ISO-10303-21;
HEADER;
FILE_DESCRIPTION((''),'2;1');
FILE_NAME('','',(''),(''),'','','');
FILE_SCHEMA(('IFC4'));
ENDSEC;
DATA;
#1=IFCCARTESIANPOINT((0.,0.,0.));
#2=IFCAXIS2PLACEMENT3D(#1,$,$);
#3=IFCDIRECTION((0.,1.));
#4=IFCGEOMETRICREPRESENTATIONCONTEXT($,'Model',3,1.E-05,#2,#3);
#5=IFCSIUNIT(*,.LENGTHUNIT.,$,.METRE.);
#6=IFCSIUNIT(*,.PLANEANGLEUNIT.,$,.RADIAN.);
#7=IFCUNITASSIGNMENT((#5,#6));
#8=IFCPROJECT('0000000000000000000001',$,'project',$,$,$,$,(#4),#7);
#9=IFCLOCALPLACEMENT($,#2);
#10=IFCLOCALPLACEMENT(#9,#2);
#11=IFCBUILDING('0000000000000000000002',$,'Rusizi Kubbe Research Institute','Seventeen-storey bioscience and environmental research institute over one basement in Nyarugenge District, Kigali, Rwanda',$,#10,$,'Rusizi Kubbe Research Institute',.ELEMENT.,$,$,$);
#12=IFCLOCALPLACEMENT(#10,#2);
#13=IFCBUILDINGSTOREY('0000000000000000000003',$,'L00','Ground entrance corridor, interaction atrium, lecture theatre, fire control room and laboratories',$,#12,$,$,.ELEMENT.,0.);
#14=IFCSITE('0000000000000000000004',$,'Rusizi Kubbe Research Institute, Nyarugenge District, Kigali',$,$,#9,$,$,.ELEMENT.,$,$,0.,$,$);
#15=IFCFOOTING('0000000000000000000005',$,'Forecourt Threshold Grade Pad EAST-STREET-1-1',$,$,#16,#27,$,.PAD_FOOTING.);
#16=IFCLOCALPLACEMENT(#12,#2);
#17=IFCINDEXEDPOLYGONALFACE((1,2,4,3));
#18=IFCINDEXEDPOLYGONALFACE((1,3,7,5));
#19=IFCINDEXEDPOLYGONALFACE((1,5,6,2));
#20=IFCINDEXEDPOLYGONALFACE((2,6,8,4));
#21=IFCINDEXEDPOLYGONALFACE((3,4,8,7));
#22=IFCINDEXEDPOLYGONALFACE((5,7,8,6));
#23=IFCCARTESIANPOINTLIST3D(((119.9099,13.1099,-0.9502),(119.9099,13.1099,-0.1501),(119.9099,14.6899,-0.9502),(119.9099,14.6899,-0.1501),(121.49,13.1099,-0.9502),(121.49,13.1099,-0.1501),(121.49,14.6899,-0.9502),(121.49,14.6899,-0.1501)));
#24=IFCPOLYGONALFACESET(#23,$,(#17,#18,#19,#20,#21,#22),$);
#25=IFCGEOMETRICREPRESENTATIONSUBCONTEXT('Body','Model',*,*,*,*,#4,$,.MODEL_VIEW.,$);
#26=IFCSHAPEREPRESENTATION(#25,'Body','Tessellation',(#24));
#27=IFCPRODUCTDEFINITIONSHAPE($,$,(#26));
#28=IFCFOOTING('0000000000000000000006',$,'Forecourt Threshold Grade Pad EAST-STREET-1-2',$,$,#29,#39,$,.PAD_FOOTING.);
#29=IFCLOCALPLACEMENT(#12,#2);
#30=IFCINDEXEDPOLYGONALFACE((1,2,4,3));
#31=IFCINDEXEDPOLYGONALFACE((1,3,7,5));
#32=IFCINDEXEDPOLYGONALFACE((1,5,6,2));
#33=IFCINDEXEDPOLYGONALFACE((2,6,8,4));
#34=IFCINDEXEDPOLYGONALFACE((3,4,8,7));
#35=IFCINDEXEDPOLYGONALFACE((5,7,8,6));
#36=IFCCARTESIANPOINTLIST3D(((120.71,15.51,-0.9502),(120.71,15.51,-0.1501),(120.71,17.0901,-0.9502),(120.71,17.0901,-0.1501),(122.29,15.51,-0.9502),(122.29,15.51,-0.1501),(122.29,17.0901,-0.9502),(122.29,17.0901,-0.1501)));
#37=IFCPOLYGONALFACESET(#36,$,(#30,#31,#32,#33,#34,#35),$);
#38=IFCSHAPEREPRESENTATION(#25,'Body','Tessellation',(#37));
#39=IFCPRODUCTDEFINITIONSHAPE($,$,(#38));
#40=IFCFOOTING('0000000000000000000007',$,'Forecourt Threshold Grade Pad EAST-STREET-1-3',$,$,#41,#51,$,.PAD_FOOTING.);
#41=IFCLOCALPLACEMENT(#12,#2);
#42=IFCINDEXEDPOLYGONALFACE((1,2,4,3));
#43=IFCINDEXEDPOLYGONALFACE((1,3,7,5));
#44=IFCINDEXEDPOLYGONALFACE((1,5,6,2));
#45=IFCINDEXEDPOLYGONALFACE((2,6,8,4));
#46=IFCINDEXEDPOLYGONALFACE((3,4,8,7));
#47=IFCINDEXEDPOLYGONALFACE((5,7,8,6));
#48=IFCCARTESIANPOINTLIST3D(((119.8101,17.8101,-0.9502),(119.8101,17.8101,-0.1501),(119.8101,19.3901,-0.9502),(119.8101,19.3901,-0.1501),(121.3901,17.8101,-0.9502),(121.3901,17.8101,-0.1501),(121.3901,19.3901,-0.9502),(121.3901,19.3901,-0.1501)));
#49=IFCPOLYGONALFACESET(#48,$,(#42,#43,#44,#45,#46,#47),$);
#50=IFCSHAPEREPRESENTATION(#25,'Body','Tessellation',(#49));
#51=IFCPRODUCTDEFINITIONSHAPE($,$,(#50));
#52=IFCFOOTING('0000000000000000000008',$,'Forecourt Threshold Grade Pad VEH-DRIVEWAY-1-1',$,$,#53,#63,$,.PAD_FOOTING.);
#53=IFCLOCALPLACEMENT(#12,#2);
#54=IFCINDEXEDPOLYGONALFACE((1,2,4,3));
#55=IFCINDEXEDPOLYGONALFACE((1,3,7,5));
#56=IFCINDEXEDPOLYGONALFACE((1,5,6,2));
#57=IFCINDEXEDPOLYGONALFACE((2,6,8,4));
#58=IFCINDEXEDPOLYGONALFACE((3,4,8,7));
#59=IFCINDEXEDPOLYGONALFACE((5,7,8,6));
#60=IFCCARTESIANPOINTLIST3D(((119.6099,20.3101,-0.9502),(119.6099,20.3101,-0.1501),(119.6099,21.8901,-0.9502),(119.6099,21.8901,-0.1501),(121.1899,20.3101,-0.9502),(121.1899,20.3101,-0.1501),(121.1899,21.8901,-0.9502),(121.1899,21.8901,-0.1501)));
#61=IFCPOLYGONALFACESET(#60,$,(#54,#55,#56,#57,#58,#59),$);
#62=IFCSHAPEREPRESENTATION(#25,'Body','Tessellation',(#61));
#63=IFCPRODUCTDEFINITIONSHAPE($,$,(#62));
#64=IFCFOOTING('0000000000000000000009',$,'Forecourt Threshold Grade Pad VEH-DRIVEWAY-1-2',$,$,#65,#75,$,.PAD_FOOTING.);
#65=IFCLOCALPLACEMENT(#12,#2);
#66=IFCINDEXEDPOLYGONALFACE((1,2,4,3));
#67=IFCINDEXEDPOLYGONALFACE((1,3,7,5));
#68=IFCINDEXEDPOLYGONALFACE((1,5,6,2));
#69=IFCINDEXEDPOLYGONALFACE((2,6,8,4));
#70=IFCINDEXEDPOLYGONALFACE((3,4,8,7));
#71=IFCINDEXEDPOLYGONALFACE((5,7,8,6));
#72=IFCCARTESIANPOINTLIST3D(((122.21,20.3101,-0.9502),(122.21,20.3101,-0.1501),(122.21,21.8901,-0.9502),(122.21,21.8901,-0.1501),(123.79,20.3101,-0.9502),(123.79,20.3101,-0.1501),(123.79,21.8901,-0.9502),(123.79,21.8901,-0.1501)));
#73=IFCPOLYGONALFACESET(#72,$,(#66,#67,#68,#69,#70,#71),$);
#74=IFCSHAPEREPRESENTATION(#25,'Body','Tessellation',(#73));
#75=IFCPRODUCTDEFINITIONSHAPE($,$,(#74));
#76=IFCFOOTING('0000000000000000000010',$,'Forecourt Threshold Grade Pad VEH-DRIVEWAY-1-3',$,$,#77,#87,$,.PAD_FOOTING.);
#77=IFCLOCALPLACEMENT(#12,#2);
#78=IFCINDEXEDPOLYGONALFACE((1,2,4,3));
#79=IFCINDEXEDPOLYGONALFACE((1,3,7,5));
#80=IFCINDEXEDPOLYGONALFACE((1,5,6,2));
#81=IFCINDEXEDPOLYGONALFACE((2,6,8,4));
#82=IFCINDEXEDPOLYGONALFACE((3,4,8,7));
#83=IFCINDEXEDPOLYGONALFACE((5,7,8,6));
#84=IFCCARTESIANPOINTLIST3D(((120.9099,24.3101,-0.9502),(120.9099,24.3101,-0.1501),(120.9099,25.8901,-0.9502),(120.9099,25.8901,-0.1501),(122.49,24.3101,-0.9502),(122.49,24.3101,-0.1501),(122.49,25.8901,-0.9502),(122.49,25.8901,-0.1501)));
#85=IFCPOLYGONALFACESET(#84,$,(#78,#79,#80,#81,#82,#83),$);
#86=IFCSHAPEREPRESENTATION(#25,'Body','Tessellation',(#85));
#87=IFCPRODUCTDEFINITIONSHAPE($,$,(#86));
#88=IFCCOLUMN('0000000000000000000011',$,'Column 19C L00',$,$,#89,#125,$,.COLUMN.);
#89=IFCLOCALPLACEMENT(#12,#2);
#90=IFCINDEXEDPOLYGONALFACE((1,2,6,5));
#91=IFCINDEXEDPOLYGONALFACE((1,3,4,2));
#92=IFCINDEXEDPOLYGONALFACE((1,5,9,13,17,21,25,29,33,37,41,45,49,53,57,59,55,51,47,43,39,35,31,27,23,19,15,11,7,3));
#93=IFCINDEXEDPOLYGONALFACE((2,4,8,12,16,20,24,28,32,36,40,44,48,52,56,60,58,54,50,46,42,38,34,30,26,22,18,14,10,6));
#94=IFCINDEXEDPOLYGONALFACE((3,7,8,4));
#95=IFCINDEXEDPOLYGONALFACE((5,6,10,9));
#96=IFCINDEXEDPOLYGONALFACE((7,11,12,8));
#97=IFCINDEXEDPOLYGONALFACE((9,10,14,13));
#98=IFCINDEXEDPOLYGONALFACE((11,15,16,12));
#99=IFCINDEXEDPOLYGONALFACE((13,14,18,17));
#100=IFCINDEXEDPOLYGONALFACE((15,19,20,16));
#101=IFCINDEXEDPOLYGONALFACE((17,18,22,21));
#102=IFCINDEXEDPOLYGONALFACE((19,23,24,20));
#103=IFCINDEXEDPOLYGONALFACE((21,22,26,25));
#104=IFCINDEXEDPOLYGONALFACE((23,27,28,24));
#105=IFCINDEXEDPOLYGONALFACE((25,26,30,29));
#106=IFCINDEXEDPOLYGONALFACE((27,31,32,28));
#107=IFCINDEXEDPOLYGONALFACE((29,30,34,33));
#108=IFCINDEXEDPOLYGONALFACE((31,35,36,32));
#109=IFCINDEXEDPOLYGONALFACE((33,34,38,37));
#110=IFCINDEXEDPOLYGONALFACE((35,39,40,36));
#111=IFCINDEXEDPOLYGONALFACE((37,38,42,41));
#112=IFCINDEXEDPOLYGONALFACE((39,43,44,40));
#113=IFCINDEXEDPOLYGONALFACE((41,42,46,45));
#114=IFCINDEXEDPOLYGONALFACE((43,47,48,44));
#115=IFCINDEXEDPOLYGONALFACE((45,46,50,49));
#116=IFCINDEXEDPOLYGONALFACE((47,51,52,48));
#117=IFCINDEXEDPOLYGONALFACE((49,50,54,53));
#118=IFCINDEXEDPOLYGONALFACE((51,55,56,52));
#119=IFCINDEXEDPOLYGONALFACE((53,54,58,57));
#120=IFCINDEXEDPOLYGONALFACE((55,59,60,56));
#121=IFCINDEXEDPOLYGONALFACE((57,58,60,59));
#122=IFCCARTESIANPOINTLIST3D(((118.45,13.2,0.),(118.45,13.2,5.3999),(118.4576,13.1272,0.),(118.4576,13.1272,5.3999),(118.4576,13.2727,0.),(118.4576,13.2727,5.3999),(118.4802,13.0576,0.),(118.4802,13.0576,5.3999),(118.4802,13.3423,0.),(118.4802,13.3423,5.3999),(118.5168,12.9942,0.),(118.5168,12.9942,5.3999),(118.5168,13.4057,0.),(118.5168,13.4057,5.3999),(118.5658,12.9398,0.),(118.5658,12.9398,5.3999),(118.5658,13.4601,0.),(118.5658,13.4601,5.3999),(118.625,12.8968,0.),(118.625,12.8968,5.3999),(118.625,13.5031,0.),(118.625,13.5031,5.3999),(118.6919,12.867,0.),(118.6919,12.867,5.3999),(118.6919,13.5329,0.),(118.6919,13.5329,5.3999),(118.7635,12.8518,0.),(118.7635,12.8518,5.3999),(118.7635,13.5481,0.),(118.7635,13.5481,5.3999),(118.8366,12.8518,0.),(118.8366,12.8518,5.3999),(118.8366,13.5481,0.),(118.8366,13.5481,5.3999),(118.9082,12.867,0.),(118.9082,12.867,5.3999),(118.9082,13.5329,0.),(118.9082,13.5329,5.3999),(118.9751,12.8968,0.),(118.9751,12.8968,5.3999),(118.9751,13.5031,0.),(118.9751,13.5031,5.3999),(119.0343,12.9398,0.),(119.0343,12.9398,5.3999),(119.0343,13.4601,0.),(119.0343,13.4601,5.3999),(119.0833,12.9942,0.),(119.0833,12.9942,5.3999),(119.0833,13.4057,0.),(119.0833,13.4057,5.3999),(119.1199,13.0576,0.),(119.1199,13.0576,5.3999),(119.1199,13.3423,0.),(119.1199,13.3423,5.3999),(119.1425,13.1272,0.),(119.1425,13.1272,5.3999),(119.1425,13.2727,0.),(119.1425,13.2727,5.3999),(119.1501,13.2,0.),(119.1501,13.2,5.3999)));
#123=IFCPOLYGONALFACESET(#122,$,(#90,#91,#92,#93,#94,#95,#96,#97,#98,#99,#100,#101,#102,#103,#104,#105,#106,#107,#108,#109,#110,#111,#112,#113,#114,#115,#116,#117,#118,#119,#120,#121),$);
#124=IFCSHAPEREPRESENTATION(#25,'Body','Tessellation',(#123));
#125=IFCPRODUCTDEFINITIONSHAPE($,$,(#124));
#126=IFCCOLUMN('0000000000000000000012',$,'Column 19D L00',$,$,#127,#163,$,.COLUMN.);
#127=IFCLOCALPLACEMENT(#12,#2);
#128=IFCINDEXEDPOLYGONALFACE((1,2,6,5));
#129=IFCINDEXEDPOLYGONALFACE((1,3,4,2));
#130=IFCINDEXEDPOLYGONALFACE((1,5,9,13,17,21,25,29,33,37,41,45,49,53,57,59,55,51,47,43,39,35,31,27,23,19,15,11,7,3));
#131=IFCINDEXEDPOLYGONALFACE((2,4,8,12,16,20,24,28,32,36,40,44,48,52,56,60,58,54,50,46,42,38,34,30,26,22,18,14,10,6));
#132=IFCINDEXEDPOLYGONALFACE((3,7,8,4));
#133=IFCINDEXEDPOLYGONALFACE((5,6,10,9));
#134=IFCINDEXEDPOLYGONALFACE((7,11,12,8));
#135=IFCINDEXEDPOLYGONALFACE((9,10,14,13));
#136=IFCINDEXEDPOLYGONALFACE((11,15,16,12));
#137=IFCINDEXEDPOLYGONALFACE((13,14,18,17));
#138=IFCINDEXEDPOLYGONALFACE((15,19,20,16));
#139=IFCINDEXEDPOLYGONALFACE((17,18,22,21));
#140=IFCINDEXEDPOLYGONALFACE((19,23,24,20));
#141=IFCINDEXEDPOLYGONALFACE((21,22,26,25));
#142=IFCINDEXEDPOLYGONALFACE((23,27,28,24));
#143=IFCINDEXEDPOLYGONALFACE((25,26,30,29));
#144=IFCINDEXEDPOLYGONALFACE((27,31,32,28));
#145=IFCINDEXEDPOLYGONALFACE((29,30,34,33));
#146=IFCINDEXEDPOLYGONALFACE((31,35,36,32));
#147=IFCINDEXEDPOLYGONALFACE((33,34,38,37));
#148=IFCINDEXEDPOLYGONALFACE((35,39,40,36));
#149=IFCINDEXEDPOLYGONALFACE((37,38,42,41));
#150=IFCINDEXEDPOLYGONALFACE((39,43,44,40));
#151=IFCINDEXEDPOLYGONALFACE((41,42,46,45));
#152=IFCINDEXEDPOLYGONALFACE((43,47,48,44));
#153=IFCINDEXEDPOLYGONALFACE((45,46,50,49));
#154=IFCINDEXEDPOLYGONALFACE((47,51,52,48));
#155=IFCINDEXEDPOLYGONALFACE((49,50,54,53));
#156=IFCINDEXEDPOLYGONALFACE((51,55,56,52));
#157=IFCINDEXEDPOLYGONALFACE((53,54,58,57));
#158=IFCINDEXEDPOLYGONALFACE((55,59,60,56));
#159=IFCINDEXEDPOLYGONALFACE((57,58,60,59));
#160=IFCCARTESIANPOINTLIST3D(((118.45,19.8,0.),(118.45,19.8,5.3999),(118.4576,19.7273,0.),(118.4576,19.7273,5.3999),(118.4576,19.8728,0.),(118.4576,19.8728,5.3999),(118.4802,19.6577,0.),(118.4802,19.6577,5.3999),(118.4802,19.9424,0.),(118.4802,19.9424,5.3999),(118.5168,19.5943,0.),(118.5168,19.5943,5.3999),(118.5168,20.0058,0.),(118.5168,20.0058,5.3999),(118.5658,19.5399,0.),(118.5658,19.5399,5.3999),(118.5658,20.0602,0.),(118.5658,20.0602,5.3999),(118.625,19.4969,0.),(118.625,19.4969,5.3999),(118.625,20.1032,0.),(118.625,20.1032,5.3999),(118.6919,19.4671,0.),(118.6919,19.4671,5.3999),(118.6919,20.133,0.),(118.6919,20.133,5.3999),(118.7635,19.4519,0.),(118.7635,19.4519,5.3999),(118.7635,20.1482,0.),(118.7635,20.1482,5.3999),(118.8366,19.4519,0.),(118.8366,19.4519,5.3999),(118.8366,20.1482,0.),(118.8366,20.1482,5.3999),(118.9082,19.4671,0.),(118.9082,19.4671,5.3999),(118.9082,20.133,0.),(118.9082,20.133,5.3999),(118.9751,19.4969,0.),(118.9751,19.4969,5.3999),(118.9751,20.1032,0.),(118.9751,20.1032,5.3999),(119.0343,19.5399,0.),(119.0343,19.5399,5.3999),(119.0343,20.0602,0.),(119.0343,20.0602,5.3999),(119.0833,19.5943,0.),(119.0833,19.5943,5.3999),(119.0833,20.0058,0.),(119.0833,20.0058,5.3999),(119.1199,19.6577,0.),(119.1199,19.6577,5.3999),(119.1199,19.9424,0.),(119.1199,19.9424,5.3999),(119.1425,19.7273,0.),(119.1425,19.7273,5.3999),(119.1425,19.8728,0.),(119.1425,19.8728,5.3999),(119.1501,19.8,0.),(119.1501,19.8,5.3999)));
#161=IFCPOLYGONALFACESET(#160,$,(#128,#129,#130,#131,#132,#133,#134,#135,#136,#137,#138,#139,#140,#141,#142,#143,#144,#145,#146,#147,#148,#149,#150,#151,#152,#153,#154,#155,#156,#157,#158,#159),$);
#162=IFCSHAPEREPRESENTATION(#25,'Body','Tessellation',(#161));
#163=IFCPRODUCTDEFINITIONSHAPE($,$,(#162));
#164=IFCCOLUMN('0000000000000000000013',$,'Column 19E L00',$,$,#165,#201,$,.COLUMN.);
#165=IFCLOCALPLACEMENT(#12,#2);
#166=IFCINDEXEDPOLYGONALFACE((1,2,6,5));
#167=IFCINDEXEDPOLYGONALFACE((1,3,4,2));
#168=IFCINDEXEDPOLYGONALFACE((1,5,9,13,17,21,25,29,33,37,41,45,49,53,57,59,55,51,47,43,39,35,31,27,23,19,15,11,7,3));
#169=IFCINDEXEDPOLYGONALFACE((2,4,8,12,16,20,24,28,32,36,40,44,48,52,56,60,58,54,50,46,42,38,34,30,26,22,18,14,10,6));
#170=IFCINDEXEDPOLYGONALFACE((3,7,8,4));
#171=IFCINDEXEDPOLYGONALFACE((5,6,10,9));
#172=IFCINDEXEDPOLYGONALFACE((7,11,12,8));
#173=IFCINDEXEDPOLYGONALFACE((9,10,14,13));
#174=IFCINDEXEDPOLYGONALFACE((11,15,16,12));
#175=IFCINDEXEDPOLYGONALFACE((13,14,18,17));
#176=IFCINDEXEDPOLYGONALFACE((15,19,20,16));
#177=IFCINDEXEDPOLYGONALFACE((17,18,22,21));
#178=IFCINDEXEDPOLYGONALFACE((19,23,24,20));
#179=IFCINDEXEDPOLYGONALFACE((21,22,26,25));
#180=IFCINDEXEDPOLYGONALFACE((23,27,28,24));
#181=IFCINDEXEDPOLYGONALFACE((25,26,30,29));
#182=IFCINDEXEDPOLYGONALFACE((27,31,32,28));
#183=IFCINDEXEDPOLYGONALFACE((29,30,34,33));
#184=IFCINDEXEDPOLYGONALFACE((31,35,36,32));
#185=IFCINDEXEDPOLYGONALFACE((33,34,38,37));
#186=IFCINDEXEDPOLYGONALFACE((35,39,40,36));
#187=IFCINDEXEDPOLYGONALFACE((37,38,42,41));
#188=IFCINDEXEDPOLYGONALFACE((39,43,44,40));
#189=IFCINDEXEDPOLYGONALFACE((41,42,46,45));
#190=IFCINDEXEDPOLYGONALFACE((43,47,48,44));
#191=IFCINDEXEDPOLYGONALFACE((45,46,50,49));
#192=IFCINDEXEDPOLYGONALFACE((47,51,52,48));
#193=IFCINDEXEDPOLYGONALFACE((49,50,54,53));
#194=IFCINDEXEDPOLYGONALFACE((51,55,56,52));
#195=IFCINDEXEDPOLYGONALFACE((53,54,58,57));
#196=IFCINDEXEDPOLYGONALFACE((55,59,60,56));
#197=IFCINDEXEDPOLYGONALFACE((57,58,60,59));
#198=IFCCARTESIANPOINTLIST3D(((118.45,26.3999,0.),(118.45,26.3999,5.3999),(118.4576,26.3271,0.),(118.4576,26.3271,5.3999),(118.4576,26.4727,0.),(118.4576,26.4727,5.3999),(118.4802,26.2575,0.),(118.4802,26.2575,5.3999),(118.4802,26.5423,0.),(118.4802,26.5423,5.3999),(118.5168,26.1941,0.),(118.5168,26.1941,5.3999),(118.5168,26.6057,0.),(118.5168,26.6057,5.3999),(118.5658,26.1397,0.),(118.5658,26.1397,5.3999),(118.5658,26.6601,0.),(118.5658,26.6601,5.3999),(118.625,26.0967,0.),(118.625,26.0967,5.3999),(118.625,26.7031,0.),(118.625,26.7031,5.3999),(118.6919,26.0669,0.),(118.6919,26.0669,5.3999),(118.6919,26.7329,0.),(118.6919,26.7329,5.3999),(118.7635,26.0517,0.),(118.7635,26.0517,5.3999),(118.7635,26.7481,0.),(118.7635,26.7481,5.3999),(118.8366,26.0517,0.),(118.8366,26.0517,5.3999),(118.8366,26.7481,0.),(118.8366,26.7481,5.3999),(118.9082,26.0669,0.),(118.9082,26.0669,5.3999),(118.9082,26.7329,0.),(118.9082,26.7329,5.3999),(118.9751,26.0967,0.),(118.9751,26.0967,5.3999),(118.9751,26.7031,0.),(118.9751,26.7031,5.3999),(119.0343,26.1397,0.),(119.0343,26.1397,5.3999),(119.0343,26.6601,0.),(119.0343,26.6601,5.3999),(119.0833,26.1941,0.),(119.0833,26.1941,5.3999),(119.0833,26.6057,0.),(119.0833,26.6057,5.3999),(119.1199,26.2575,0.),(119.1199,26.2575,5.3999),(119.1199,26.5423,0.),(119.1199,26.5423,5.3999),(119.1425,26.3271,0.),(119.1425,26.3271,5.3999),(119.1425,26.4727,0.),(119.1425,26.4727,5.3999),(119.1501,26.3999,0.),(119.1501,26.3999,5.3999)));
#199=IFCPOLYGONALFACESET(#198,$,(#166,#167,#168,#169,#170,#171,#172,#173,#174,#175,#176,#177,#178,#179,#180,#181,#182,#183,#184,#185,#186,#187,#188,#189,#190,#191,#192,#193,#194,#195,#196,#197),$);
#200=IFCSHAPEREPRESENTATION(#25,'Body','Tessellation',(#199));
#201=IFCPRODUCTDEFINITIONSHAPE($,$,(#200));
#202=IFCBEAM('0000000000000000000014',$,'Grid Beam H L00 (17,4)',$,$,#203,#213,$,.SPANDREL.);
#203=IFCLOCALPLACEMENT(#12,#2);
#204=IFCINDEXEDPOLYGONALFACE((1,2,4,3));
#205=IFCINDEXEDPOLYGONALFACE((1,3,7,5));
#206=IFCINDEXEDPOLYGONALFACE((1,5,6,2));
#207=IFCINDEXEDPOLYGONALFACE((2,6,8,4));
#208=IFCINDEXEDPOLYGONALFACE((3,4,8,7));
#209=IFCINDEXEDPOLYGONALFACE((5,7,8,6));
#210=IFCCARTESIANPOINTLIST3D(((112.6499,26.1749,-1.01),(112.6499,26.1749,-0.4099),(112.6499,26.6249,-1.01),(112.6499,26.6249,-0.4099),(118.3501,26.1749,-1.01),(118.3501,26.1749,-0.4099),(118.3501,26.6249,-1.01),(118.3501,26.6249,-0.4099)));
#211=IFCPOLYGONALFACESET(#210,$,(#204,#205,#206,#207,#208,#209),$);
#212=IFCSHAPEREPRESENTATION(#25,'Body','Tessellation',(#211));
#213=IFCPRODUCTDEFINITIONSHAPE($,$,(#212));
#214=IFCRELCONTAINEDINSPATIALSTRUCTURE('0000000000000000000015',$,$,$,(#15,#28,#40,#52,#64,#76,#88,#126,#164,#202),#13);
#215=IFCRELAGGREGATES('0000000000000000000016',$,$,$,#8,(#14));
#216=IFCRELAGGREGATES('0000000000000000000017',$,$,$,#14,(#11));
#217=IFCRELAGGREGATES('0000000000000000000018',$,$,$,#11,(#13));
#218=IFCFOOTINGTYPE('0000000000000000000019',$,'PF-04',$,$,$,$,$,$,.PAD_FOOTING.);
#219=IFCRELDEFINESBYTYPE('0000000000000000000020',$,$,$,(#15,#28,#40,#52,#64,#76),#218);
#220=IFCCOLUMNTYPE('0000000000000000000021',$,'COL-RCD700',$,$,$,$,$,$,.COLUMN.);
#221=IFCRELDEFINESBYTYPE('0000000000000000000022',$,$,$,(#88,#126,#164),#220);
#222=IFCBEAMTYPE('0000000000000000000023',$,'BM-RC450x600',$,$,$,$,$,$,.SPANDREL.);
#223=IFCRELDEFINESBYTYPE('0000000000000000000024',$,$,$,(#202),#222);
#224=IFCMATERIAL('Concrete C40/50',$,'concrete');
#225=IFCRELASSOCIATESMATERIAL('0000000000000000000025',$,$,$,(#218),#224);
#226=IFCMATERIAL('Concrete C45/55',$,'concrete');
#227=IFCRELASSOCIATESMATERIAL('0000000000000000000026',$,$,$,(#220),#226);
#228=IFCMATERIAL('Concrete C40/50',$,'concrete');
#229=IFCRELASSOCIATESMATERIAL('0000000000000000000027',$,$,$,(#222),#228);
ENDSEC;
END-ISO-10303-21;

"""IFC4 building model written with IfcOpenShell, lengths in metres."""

from ifc_helpers import new_model, si_unit, direction, frame, origin, origin_2d, place, context, subcontext, project, spatial, rectangle, circle, extrude, material, material_profile, profile_set, type_object, element, save


model = new_model("IFC4")

# Units and contexts
model_context = context("Model", 3, precision=1e-05, world=origin(), true_north=direction((0.0, 1.0)))
body_context = subcontext(model_context, "Body", "Model", "MODEL_VIEW")
ifc_project = project(units=[si_unit("LENGTHUNIT", "METRE"), si_unit("PLANEANGLEUNIT", "RADIAN")], contexts=[model_context])

# Site, building, storey
site_placement = place(None, origin())
site = spatial("IfcSite", under=ifc_project, at=site_placement, Name="Rusizi Kubbe Research Institute, Nyarugenge District, Kigali", CompositionType="ELEMENT", RefElevation=0.0)
building_placement = place(site_placement, origin())
building = spatial("IfcBuilding", under=site, at=building_placement, Name="Rusizi Kubbe Research Institute", Description="Seventeen-storey bioscience and environmental research institute over one basement in Nyarugenge District, Kigali, Rwanda", LongName="Rusizi Kubbe Research Institute", CompositionType="ELEMENT")
storey_placement = place(building_placement, origin())
storey = spatial("IfcBuildingStorey", under=building, at=storey_placement, Name="L00", Description="Ground entrance corridor, interaction atrium, lecture theatre, fire control room and laboratories", CompositionType="ELEMENT", Elevation=0.0)

# Footings
ifc_material_1 = material(Name="Concrete C40/50", Category="concrete")
footing_type = type_object("IfcFootingType", Name="PF-04", PredefinedType="PAD_FOOTING", material=ifc_material_1)
for number, where, z_axis, x_axis, name in (
    (1, (120.7, 13.8999, -0.9502), (0.0, 0.0, 1.0), (1.0, 0.0, 0.0), "Forecourt Threshold Grade Pad EAST-STREET-1-1"),
    (2, (121.5, 16.3, -0.9502), (0.0, 0.0, 1.0), (1.0, 0.0, 0.0), "Forecourt Threshold Grade Pad EAST-STREET-1-2"),
    (3, (120.6001, 18.6001, -0.9502), (0.0, 0.0, 1.0), (1.0, 0.0, 0.0), "Forecourt Threshold Grade Pad EAST-STREET-1-3"),
    (4, (120.3999, 21.1001, -0.9502), (0.0, 0.0, 1.0), (1.0, 0.0, 0.0), "Forecourt Threshold Grade Pad VEH-DRIVEWAY-1-1"),
    (5, (123.0, 21.1001, -0.9502), (0.0, 0.0, 1.0), (1.0, 0.0, 0.0), "Forecourt Threshold Grade Pad VEH-DRIVEWAY-1-2"),
    (6, (121.7, 25.1001, -0.9502), (0.0, 0.0, 1.0), (1.0, 0.0, 0.0), "Forecourt Threshold Grade Pad VEH-DRIVEWAY-1-3"),
):
    element("IfcFooting", number, at=place(storey_placement, frame(where, z_axis=z_axis, x_axis=x_axis)), inside=storey, type_object=footing_type, Name=name, PredefinedType="PAD_FOOTING", context=body_context, shape_type="SweptSolid", body=[
        extrude(rectangle(XDim=1.5801, YDim=1.5801, at=origin_2d()), origin(), (0.0, 0.0, 1.0), 0.8),
    ])

# Columns
ifc_material_2 = material(Name="Concrete C45/55", Category="concrete")
ifc_material_profile_1 = material_profile(ifc_material_2, circle(Radius=0.3501, at=origin_2d()), Name="RCD700")
ifc_profile_set_1 = profile_set([ifc_material_profile_1], Name="Concrete C45/55")
column_type = type_object("IfcColumnType", Name="COL-RCD700", PredefinedType="COLUMN", material=ifc_profile_set_1)
for number, where, z_axis, x_axis, name in (
    (7, (118.8, 13.2, 0.0), (0.0, 0.0, 1.0), (1.0, 0.0, 0.0), "Column 19C L00"),
    (8, (118.8, 19.8, 0.0), (0.0, 0.0, 1.0), (1.0, 0.0, 0.0), "Column 19D L00"),
    (9, (118.8, 26.3999, 0.0), (0.0, 0.0, 1.0), (1.0, 0.0, 0.0), "Column 19E L00"),
):
    element("IfcColumn", number, at=place(storey_placement, frame(where, z_axis=z_axis, x_axis=x_axis)), inside=storey, type_object=column_type, Name=name, PredefinedType="COLUMN", context=body_context, shape_type="SweptSolid", body=[
        extrude(circle(Radius=0.3501, at=origin_2d()), origin(), (0.0, 0.0, 1.0), 5.3999),
    ])

# Beam
ifc_material_3 = material(Name="Concrete C40/50", Category="concrete")
ifc_material_profile_2 = material_profile(ifc_material_3, rectangle(XDim=0.45, YDim=0.6001, at=origin_2d()), Name="RC450x600")
ifc_profile_set_2 = profile_set([ifc_material_profile_2], Name="Concrete C40/50")
beam_type = type_object("IfcBeamType", Name="BM-RC450x600", PredefinedType="SPANDREL", material=ifc_profile_set_2)
for number, where, z_axis, x_axis, name in (
    (10, (112.6499, 26.3999, -0.71), (1.0, 0.0, 0.0), (0.0, 1.0, 0.0), "Grid Beam H L00 (17,4)"),
):
    element("IfcBeam", number, at=place(storey_placement, frame(where, z_axis=z_axis, x_axis=x_axis)), inside=storey, type_object=beam_type, Name=name, PredefinedType="SPANDREL", context=body_context, shape_type="SweptSolid", body=[
        extrude(rectangle(XDim=0.45, YDim=0.6001, at=origin_2d()), origin(), (0.0, 0.0, 1.0), 5.7002),
    ])

save(model, "model.ifc")
